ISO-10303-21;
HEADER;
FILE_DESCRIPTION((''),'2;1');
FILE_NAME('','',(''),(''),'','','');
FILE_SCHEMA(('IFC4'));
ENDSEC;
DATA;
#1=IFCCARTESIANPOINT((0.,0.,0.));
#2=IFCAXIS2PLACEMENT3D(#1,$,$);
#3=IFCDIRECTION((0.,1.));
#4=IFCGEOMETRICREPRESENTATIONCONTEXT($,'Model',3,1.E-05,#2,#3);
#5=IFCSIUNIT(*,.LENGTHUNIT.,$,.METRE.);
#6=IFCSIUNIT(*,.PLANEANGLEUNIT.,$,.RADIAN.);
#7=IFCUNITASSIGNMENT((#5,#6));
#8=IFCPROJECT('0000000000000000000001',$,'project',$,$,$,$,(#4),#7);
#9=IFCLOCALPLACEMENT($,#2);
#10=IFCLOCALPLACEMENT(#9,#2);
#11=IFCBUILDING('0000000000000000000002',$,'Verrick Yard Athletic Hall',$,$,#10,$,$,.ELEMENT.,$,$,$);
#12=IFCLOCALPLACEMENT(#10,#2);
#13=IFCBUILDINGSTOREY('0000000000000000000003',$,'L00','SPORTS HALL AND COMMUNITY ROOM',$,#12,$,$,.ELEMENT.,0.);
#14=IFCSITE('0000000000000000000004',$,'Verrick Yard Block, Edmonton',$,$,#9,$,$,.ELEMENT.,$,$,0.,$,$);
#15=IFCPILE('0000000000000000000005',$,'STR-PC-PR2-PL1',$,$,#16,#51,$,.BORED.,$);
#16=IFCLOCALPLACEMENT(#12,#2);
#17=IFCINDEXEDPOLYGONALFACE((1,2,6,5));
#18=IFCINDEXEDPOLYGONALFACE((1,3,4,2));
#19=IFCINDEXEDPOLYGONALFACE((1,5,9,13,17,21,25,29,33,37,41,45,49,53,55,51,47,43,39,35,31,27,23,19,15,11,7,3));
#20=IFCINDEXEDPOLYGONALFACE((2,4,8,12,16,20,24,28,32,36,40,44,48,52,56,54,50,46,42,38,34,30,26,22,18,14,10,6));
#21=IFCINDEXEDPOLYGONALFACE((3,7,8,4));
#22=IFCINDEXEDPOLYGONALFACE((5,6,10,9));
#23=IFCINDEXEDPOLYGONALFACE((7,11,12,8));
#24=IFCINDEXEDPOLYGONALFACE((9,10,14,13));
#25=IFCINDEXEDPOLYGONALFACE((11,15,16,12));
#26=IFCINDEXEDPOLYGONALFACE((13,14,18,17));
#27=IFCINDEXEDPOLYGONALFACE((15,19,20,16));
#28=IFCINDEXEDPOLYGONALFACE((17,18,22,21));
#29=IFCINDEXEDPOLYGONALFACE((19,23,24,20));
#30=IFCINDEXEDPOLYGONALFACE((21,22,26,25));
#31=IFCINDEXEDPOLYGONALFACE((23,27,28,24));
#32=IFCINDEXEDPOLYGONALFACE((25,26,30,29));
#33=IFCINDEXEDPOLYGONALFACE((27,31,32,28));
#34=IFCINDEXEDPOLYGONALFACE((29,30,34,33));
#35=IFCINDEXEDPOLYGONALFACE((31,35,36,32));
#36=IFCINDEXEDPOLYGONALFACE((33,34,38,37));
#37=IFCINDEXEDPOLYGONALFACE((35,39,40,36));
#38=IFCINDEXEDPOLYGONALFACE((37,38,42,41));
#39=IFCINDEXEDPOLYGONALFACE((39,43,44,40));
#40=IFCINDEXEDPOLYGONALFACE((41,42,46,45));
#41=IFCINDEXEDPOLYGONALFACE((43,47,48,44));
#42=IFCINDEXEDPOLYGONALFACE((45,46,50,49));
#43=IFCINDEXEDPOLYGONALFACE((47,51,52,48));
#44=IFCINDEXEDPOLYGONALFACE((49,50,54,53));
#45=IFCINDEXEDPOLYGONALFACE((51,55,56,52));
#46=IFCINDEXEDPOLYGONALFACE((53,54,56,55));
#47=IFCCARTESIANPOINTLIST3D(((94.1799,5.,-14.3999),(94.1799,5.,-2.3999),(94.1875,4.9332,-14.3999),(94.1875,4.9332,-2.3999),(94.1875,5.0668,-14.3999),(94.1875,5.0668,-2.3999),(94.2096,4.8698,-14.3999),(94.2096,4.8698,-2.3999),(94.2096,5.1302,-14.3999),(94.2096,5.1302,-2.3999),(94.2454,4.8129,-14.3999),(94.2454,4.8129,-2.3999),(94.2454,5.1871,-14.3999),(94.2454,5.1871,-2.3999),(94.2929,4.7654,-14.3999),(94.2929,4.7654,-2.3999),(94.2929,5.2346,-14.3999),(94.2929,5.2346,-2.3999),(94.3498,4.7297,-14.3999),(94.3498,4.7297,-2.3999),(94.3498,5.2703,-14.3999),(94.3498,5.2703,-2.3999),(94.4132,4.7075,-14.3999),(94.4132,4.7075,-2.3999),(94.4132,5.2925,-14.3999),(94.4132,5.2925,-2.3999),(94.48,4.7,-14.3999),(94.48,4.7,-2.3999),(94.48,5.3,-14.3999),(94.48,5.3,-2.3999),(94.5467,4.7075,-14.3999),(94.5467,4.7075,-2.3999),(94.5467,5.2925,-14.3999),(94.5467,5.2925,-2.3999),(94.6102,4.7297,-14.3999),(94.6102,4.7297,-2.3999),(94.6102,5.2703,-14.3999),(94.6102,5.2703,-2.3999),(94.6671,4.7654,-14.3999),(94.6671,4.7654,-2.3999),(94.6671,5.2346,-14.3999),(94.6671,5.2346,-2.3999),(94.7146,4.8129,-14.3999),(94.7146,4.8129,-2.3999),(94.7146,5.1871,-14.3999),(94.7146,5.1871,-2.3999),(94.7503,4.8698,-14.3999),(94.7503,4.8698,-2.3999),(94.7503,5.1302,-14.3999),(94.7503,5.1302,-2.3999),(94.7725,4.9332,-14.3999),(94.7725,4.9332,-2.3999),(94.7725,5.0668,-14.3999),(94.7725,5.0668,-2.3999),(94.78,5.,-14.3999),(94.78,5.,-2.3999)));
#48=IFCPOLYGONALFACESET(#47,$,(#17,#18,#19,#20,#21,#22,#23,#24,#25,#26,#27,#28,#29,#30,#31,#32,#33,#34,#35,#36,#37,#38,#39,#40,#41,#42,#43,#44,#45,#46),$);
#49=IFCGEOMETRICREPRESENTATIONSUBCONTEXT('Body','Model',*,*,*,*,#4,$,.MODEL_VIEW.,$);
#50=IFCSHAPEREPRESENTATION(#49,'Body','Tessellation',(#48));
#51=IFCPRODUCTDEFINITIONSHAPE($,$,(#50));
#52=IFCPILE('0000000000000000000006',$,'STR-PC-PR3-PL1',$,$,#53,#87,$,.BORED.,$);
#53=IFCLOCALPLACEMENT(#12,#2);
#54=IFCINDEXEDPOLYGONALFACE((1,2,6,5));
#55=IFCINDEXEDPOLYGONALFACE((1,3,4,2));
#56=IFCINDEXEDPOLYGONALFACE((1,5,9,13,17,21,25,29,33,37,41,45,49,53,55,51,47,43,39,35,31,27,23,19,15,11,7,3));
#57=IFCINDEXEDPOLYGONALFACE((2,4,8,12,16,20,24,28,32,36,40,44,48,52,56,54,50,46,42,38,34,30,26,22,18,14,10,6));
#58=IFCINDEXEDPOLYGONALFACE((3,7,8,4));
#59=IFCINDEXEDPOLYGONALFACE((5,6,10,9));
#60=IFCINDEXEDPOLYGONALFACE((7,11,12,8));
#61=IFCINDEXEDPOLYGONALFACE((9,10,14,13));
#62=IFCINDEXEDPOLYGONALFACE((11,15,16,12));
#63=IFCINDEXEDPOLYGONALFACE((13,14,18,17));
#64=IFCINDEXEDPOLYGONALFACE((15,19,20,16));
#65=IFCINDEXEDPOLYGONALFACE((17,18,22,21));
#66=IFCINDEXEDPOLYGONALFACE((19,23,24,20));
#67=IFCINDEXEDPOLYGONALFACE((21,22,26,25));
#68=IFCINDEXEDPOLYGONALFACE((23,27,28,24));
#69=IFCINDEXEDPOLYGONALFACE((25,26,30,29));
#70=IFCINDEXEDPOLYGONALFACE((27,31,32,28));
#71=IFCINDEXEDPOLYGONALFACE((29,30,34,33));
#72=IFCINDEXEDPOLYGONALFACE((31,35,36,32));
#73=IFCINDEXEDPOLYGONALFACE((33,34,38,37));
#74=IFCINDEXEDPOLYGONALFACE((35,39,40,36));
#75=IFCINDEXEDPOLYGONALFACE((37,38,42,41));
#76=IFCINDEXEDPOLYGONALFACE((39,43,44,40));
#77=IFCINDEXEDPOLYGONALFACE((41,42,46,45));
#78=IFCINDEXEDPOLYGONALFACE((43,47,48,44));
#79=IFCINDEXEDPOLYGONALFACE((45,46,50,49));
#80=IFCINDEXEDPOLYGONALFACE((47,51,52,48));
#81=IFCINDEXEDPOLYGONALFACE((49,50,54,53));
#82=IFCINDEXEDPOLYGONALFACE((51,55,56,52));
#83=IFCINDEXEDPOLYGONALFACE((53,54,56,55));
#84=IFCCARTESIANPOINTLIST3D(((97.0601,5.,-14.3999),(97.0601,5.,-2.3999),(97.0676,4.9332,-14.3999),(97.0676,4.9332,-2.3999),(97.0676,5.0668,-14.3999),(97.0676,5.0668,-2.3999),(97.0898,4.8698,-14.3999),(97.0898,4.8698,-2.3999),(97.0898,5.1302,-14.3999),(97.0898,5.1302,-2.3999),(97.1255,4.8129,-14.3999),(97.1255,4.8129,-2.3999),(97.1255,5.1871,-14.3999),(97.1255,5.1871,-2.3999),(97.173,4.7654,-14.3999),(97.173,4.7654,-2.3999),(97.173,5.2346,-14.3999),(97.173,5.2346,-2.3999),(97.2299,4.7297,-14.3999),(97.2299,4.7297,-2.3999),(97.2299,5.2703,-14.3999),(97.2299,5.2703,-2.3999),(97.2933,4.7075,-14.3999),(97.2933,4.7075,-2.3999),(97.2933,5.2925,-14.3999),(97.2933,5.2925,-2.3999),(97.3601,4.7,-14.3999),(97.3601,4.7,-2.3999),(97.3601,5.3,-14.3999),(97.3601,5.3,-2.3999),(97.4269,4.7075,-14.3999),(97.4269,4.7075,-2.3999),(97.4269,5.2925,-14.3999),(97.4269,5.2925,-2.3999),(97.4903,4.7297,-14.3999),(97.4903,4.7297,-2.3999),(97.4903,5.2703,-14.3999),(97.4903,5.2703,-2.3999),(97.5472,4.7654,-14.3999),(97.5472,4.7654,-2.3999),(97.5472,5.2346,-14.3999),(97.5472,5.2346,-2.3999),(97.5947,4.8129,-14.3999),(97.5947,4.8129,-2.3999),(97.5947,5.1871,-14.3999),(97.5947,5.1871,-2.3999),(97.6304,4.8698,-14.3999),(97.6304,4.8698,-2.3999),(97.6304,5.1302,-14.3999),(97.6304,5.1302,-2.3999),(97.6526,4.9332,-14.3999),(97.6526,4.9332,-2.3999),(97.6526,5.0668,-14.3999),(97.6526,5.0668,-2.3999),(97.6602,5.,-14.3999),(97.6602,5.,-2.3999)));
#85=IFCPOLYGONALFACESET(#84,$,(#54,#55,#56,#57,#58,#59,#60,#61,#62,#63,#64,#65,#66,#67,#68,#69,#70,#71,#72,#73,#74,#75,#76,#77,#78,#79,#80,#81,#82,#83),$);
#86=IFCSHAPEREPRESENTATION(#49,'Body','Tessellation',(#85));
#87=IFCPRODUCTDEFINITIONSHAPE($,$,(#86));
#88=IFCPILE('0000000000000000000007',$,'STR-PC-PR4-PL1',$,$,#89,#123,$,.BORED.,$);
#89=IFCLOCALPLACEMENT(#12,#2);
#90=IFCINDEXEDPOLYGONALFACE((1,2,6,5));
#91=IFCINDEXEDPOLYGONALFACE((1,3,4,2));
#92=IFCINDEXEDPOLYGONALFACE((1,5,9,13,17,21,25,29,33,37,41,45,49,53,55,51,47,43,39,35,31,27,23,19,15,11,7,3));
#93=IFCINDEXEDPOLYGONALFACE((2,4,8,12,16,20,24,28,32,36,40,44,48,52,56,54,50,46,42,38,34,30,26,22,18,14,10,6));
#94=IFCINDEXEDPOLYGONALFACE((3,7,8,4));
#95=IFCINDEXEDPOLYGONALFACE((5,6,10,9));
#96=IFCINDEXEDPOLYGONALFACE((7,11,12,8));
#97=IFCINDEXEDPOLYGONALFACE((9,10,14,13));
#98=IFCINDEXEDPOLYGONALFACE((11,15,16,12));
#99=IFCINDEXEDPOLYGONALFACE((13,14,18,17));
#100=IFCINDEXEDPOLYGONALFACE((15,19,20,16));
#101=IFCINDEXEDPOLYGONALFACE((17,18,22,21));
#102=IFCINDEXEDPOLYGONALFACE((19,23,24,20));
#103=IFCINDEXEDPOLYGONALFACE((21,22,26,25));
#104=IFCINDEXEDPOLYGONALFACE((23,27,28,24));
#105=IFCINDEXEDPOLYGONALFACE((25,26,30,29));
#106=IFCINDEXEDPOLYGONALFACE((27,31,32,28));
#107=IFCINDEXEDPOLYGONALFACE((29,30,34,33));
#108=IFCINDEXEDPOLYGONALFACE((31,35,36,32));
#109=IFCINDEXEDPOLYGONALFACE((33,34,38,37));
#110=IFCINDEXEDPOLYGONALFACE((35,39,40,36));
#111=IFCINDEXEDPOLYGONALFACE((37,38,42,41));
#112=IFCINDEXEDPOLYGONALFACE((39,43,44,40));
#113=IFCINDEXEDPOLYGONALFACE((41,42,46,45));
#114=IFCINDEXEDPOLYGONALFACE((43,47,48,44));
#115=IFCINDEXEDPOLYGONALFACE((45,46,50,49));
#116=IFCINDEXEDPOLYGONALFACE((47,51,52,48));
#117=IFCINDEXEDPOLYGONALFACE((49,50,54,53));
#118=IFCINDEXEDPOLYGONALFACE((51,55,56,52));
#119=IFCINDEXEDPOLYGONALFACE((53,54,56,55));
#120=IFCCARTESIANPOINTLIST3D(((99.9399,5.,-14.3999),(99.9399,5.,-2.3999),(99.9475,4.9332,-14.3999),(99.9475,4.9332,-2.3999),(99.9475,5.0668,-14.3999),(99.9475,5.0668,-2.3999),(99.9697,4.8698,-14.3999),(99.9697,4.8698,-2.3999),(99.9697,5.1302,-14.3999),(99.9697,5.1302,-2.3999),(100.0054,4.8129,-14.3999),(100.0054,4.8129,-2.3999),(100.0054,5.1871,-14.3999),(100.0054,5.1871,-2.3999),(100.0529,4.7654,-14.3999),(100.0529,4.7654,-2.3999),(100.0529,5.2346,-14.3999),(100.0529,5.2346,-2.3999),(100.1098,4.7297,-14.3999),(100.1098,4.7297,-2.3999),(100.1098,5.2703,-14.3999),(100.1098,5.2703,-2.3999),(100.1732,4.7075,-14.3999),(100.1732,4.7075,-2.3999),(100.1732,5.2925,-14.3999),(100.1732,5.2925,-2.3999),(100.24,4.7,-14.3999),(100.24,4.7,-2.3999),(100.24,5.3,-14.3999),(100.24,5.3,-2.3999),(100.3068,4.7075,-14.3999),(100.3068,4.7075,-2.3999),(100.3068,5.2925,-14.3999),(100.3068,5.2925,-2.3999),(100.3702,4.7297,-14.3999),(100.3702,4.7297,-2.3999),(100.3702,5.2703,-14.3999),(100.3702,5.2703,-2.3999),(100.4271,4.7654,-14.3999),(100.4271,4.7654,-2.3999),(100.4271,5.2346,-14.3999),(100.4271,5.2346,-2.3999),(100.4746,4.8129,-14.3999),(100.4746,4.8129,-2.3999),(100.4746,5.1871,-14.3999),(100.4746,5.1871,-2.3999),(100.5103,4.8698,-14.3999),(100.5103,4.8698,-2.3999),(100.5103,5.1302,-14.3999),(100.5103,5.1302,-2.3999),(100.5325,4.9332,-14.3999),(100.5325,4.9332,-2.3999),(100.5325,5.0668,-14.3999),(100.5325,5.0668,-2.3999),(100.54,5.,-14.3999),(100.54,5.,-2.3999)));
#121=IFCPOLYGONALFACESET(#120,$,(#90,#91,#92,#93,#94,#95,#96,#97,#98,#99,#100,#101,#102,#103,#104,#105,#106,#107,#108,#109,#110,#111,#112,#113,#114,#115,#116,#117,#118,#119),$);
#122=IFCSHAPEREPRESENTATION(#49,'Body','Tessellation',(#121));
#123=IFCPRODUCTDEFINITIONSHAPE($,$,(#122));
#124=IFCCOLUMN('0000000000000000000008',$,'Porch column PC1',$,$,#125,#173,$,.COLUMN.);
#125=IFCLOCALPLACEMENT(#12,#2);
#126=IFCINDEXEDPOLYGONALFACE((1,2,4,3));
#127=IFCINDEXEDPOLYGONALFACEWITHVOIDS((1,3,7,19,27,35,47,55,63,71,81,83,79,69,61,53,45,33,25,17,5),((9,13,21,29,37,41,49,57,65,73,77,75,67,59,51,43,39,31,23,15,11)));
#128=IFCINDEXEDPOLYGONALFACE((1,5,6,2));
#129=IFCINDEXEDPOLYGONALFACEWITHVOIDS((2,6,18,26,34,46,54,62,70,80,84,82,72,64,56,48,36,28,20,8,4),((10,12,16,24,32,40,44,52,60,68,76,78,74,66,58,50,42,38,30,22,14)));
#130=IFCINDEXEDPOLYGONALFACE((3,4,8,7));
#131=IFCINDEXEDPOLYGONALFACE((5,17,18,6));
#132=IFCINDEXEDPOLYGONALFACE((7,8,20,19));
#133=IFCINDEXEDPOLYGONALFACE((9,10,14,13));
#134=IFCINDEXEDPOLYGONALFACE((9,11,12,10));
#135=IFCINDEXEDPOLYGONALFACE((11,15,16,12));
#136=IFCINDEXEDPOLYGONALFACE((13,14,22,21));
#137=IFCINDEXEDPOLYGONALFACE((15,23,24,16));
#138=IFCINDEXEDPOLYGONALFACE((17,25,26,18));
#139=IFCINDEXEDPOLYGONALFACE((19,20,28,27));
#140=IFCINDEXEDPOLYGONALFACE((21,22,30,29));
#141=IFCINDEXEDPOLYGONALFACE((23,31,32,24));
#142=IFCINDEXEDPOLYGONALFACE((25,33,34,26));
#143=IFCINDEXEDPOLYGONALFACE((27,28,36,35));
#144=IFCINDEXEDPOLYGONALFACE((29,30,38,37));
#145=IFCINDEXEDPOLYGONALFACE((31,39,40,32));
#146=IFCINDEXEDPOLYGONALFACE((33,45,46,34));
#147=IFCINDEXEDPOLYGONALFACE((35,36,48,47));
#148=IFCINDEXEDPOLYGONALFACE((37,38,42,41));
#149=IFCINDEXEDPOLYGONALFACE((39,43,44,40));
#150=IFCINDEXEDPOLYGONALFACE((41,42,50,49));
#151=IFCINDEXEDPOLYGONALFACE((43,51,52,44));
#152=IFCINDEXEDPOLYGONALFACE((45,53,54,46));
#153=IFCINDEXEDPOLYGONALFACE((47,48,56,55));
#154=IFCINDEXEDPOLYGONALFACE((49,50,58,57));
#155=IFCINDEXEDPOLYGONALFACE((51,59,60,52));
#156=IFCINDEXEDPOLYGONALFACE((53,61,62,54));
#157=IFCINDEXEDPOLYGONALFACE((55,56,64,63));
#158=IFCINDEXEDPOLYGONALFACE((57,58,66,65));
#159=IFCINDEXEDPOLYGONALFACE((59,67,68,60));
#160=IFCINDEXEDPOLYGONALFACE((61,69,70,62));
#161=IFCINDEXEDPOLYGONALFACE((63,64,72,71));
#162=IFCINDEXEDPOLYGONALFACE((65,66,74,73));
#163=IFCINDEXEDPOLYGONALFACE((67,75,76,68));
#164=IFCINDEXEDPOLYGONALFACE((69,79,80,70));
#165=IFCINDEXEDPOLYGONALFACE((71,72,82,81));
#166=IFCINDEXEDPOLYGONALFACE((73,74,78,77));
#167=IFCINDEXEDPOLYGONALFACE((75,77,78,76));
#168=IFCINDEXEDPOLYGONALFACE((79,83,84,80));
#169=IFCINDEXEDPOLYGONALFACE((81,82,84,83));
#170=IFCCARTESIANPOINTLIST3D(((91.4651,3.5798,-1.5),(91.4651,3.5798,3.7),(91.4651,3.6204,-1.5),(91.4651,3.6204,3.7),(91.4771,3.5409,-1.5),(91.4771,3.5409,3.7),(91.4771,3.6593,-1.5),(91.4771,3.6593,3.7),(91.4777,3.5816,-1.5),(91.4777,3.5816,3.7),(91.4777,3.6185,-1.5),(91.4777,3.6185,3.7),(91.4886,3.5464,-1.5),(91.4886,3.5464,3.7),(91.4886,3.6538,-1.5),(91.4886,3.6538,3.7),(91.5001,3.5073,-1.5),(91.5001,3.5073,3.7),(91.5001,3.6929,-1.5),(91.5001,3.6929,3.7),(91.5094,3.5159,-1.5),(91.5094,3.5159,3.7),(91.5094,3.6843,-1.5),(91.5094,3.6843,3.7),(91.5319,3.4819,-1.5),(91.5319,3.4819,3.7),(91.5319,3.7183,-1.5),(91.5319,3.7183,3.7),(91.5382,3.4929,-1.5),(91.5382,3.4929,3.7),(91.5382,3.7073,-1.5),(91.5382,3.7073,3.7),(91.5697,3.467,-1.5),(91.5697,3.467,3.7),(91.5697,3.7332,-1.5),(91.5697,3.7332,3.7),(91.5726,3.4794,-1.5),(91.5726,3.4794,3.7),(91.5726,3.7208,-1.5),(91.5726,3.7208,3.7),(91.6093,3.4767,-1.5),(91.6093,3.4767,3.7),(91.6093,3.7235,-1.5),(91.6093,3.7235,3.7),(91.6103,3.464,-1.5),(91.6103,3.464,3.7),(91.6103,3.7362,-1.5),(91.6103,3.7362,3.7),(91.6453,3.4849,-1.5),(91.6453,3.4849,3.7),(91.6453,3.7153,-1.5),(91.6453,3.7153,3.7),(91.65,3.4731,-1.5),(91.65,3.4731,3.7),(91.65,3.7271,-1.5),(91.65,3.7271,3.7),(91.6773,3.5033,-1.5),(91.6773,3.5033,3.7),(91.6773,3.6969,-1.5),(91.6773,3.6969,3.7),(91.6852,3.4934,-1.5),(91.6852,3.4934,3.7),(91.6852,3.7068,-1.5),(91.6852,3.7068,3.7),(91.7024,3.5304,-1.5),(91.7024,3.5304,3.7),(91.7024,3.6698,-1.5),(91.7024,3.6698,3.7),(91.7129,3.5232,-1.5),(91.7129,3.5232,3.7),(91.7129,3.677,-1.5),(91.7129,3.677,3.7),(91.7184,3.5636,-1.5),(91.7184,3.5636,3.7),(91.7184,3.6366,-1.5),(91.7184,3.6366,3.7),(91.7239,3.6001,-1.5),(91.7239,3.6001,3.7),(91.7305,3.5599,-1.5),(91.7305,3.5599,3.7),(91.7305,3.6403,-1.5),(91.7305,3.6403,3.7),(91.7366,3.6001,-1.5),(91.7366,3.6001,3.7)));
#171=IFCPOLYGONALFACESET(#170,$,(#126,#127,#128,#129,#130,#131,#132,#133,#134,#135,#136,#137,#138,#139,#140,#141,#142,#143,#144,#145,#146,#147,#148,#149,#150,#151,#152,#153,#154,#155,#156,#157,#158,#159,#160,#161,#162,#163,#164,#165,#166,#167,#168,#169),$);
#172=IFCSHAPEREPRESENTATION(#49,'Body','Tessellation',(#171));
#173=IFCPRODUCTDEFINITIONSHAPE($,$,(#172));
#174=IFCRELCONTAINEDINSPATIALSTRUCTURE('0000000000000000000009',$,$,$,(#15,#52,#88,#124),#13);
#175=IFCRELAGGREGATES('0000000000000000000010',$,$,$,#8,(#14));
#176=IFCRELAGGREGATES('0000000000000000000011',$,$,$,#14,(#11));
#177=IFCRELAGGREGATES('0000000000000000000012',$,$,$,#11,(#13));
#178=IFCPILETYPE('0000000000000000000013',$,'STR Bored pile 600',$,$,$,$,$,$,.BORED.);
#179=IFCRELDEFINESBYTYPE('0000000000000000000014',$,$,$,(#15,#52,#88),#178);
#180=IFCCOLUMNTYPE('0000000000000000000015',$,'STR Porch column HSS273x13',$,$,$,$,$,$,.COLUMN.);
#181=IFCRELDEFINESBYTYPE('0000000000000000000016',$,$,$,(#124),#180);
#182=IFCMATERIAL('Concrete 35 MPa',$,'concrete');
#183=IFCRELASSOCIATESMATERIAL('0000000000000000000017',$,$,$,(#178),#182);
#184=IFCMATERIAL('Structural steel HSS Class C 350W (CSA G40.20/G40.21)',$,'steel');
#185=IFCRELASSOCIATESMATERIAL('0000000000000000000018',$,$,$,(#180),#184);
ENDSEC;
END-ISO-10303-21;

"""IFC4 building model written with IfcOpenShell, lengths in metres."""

from ifc_helpers import new_model, si_unit, direction, frame, origin, origin_2d, place, context, subcontext, project, spatial, circle, hollow_circle, extrude, material, material_profile, profile_set, type_object, element, save


model = new_model("IFC4")

# Units and contexts
model_context = context("Model", 3, precision=1e-05, world=origin(), true_north=direction((0.0, 1.0)))
body_context = subcontext(model_context, "Body", "Model", "MODEL_VIEW")
ifc_project = project(units=[si_unit("LENGTHUNIT", "METRE"), si_unit("PLANEANGLEUNIT", "RADIAN")], contexts=[model_context])

# Site, building, storey
site_placement = place(None, origin())
site = spatial("IfcSite", under=ifc_project, at=site_placement, Name="Verrick Yard Block, Edmonton", CompositionType="ELEMENT", RefElevation=0.0)
building_placement = place(site_placement, origin())
building = spatial("IfcBuilding", under=site, at=building_placement, Name="Verrick Yard Athletic Hall", CompositionType="ELEMENT")
storey_placement = place(building_placement, origin())
storey = spatial("IfcBuildingStorey", under=building, at=storey_placement, Name="L00", Description="SPORTS HALL AND COMMUNITY ROOM", CompositionType="ELEMENT", Elevation=0.0)

# Piles
ifc_material_1 = material(Name="Concrete 35 MPa", Category="concrete")
pile_type = type_object("IfcPileType", Name="STR Bored pile 600", PredefinedType="BORED", material=ifc_material_1)
for number, where, z_axis, x_axis, name in (
    (1, (94.48, 5.0, -2.3999), (0.0, 0.0, -1.0), (1.0, 0.0, 0.0), "STR-PC-PR2-PL1"),
    (2, (97.3601, 5.0, -2.3999), (0.0, 0.0, -1.0), (1.0, 0.0, 0.0), "STR-PC-PR3-PL1"),
    (3, (100.24, 5.0, -2.3999), (0.0, 0.0, -1.0), (1.0, 0.0, 0.0), "STR-PC-PR4-PL1"),
):
    element("IfcPile", number, at=place(storey_placement, frame(where, z_axis=z_axis, x_axis=x_axis)), inside=storey, type_object=pile_type, Name=name, PredefinedType="BORED", context=body_context, shape_type="SweptSolid", body=[
        extrude(circle(Radius=0.3, at=origin_2d()), origin(), (0.0, 0.0, 1.0), 12.0),
    ])

# Column
ifc_material_2 = material(Name="Structural steel HSS Class C 350W (CSA G40.20/G40.21)", Category="steel")
ifc_material_profile_1 = material_profile(ifc_material_2, hollow_circle(Radius=0.1365, WallThickness=0.0127, at=origin_2d()), Name="HSS273x13")
ifc_profile_set_1 = profile_set([ifc_material_profile_1], Name="Structural steel HSS Class C 350W (CSA G40.20/G40.21)")
column_type = type_object("IfcColumnType", Name="STR Porch column HSS273x13", PredefinedType="COLUMN", material=ifc_profile_set_1)
for number, where, z_axis, x_axis, name in (
    (4, (91.6001, 3.6001, -1.5), (0.0, 0.0, 1.0), (1.0, 0.0, 0.0), "Porch column PC1"),
):
    element("IfcColumn", number, at=place(storey_placement, frame(where, z_axis=z_axis, x_axis=x_axis)), inside=storey, type_object=column_type, Name=name, PredefinedType="COLUMN", context=body_context, shape_type="SweptSolid", body=[
        extrude(hollow_circle(Radius=0.1365, WallThickness=0.0127, at=origin_2d()), origin(), (0.0, 0.0, 1.0), 5.2),
    ])

save(model, "model.ifc")
